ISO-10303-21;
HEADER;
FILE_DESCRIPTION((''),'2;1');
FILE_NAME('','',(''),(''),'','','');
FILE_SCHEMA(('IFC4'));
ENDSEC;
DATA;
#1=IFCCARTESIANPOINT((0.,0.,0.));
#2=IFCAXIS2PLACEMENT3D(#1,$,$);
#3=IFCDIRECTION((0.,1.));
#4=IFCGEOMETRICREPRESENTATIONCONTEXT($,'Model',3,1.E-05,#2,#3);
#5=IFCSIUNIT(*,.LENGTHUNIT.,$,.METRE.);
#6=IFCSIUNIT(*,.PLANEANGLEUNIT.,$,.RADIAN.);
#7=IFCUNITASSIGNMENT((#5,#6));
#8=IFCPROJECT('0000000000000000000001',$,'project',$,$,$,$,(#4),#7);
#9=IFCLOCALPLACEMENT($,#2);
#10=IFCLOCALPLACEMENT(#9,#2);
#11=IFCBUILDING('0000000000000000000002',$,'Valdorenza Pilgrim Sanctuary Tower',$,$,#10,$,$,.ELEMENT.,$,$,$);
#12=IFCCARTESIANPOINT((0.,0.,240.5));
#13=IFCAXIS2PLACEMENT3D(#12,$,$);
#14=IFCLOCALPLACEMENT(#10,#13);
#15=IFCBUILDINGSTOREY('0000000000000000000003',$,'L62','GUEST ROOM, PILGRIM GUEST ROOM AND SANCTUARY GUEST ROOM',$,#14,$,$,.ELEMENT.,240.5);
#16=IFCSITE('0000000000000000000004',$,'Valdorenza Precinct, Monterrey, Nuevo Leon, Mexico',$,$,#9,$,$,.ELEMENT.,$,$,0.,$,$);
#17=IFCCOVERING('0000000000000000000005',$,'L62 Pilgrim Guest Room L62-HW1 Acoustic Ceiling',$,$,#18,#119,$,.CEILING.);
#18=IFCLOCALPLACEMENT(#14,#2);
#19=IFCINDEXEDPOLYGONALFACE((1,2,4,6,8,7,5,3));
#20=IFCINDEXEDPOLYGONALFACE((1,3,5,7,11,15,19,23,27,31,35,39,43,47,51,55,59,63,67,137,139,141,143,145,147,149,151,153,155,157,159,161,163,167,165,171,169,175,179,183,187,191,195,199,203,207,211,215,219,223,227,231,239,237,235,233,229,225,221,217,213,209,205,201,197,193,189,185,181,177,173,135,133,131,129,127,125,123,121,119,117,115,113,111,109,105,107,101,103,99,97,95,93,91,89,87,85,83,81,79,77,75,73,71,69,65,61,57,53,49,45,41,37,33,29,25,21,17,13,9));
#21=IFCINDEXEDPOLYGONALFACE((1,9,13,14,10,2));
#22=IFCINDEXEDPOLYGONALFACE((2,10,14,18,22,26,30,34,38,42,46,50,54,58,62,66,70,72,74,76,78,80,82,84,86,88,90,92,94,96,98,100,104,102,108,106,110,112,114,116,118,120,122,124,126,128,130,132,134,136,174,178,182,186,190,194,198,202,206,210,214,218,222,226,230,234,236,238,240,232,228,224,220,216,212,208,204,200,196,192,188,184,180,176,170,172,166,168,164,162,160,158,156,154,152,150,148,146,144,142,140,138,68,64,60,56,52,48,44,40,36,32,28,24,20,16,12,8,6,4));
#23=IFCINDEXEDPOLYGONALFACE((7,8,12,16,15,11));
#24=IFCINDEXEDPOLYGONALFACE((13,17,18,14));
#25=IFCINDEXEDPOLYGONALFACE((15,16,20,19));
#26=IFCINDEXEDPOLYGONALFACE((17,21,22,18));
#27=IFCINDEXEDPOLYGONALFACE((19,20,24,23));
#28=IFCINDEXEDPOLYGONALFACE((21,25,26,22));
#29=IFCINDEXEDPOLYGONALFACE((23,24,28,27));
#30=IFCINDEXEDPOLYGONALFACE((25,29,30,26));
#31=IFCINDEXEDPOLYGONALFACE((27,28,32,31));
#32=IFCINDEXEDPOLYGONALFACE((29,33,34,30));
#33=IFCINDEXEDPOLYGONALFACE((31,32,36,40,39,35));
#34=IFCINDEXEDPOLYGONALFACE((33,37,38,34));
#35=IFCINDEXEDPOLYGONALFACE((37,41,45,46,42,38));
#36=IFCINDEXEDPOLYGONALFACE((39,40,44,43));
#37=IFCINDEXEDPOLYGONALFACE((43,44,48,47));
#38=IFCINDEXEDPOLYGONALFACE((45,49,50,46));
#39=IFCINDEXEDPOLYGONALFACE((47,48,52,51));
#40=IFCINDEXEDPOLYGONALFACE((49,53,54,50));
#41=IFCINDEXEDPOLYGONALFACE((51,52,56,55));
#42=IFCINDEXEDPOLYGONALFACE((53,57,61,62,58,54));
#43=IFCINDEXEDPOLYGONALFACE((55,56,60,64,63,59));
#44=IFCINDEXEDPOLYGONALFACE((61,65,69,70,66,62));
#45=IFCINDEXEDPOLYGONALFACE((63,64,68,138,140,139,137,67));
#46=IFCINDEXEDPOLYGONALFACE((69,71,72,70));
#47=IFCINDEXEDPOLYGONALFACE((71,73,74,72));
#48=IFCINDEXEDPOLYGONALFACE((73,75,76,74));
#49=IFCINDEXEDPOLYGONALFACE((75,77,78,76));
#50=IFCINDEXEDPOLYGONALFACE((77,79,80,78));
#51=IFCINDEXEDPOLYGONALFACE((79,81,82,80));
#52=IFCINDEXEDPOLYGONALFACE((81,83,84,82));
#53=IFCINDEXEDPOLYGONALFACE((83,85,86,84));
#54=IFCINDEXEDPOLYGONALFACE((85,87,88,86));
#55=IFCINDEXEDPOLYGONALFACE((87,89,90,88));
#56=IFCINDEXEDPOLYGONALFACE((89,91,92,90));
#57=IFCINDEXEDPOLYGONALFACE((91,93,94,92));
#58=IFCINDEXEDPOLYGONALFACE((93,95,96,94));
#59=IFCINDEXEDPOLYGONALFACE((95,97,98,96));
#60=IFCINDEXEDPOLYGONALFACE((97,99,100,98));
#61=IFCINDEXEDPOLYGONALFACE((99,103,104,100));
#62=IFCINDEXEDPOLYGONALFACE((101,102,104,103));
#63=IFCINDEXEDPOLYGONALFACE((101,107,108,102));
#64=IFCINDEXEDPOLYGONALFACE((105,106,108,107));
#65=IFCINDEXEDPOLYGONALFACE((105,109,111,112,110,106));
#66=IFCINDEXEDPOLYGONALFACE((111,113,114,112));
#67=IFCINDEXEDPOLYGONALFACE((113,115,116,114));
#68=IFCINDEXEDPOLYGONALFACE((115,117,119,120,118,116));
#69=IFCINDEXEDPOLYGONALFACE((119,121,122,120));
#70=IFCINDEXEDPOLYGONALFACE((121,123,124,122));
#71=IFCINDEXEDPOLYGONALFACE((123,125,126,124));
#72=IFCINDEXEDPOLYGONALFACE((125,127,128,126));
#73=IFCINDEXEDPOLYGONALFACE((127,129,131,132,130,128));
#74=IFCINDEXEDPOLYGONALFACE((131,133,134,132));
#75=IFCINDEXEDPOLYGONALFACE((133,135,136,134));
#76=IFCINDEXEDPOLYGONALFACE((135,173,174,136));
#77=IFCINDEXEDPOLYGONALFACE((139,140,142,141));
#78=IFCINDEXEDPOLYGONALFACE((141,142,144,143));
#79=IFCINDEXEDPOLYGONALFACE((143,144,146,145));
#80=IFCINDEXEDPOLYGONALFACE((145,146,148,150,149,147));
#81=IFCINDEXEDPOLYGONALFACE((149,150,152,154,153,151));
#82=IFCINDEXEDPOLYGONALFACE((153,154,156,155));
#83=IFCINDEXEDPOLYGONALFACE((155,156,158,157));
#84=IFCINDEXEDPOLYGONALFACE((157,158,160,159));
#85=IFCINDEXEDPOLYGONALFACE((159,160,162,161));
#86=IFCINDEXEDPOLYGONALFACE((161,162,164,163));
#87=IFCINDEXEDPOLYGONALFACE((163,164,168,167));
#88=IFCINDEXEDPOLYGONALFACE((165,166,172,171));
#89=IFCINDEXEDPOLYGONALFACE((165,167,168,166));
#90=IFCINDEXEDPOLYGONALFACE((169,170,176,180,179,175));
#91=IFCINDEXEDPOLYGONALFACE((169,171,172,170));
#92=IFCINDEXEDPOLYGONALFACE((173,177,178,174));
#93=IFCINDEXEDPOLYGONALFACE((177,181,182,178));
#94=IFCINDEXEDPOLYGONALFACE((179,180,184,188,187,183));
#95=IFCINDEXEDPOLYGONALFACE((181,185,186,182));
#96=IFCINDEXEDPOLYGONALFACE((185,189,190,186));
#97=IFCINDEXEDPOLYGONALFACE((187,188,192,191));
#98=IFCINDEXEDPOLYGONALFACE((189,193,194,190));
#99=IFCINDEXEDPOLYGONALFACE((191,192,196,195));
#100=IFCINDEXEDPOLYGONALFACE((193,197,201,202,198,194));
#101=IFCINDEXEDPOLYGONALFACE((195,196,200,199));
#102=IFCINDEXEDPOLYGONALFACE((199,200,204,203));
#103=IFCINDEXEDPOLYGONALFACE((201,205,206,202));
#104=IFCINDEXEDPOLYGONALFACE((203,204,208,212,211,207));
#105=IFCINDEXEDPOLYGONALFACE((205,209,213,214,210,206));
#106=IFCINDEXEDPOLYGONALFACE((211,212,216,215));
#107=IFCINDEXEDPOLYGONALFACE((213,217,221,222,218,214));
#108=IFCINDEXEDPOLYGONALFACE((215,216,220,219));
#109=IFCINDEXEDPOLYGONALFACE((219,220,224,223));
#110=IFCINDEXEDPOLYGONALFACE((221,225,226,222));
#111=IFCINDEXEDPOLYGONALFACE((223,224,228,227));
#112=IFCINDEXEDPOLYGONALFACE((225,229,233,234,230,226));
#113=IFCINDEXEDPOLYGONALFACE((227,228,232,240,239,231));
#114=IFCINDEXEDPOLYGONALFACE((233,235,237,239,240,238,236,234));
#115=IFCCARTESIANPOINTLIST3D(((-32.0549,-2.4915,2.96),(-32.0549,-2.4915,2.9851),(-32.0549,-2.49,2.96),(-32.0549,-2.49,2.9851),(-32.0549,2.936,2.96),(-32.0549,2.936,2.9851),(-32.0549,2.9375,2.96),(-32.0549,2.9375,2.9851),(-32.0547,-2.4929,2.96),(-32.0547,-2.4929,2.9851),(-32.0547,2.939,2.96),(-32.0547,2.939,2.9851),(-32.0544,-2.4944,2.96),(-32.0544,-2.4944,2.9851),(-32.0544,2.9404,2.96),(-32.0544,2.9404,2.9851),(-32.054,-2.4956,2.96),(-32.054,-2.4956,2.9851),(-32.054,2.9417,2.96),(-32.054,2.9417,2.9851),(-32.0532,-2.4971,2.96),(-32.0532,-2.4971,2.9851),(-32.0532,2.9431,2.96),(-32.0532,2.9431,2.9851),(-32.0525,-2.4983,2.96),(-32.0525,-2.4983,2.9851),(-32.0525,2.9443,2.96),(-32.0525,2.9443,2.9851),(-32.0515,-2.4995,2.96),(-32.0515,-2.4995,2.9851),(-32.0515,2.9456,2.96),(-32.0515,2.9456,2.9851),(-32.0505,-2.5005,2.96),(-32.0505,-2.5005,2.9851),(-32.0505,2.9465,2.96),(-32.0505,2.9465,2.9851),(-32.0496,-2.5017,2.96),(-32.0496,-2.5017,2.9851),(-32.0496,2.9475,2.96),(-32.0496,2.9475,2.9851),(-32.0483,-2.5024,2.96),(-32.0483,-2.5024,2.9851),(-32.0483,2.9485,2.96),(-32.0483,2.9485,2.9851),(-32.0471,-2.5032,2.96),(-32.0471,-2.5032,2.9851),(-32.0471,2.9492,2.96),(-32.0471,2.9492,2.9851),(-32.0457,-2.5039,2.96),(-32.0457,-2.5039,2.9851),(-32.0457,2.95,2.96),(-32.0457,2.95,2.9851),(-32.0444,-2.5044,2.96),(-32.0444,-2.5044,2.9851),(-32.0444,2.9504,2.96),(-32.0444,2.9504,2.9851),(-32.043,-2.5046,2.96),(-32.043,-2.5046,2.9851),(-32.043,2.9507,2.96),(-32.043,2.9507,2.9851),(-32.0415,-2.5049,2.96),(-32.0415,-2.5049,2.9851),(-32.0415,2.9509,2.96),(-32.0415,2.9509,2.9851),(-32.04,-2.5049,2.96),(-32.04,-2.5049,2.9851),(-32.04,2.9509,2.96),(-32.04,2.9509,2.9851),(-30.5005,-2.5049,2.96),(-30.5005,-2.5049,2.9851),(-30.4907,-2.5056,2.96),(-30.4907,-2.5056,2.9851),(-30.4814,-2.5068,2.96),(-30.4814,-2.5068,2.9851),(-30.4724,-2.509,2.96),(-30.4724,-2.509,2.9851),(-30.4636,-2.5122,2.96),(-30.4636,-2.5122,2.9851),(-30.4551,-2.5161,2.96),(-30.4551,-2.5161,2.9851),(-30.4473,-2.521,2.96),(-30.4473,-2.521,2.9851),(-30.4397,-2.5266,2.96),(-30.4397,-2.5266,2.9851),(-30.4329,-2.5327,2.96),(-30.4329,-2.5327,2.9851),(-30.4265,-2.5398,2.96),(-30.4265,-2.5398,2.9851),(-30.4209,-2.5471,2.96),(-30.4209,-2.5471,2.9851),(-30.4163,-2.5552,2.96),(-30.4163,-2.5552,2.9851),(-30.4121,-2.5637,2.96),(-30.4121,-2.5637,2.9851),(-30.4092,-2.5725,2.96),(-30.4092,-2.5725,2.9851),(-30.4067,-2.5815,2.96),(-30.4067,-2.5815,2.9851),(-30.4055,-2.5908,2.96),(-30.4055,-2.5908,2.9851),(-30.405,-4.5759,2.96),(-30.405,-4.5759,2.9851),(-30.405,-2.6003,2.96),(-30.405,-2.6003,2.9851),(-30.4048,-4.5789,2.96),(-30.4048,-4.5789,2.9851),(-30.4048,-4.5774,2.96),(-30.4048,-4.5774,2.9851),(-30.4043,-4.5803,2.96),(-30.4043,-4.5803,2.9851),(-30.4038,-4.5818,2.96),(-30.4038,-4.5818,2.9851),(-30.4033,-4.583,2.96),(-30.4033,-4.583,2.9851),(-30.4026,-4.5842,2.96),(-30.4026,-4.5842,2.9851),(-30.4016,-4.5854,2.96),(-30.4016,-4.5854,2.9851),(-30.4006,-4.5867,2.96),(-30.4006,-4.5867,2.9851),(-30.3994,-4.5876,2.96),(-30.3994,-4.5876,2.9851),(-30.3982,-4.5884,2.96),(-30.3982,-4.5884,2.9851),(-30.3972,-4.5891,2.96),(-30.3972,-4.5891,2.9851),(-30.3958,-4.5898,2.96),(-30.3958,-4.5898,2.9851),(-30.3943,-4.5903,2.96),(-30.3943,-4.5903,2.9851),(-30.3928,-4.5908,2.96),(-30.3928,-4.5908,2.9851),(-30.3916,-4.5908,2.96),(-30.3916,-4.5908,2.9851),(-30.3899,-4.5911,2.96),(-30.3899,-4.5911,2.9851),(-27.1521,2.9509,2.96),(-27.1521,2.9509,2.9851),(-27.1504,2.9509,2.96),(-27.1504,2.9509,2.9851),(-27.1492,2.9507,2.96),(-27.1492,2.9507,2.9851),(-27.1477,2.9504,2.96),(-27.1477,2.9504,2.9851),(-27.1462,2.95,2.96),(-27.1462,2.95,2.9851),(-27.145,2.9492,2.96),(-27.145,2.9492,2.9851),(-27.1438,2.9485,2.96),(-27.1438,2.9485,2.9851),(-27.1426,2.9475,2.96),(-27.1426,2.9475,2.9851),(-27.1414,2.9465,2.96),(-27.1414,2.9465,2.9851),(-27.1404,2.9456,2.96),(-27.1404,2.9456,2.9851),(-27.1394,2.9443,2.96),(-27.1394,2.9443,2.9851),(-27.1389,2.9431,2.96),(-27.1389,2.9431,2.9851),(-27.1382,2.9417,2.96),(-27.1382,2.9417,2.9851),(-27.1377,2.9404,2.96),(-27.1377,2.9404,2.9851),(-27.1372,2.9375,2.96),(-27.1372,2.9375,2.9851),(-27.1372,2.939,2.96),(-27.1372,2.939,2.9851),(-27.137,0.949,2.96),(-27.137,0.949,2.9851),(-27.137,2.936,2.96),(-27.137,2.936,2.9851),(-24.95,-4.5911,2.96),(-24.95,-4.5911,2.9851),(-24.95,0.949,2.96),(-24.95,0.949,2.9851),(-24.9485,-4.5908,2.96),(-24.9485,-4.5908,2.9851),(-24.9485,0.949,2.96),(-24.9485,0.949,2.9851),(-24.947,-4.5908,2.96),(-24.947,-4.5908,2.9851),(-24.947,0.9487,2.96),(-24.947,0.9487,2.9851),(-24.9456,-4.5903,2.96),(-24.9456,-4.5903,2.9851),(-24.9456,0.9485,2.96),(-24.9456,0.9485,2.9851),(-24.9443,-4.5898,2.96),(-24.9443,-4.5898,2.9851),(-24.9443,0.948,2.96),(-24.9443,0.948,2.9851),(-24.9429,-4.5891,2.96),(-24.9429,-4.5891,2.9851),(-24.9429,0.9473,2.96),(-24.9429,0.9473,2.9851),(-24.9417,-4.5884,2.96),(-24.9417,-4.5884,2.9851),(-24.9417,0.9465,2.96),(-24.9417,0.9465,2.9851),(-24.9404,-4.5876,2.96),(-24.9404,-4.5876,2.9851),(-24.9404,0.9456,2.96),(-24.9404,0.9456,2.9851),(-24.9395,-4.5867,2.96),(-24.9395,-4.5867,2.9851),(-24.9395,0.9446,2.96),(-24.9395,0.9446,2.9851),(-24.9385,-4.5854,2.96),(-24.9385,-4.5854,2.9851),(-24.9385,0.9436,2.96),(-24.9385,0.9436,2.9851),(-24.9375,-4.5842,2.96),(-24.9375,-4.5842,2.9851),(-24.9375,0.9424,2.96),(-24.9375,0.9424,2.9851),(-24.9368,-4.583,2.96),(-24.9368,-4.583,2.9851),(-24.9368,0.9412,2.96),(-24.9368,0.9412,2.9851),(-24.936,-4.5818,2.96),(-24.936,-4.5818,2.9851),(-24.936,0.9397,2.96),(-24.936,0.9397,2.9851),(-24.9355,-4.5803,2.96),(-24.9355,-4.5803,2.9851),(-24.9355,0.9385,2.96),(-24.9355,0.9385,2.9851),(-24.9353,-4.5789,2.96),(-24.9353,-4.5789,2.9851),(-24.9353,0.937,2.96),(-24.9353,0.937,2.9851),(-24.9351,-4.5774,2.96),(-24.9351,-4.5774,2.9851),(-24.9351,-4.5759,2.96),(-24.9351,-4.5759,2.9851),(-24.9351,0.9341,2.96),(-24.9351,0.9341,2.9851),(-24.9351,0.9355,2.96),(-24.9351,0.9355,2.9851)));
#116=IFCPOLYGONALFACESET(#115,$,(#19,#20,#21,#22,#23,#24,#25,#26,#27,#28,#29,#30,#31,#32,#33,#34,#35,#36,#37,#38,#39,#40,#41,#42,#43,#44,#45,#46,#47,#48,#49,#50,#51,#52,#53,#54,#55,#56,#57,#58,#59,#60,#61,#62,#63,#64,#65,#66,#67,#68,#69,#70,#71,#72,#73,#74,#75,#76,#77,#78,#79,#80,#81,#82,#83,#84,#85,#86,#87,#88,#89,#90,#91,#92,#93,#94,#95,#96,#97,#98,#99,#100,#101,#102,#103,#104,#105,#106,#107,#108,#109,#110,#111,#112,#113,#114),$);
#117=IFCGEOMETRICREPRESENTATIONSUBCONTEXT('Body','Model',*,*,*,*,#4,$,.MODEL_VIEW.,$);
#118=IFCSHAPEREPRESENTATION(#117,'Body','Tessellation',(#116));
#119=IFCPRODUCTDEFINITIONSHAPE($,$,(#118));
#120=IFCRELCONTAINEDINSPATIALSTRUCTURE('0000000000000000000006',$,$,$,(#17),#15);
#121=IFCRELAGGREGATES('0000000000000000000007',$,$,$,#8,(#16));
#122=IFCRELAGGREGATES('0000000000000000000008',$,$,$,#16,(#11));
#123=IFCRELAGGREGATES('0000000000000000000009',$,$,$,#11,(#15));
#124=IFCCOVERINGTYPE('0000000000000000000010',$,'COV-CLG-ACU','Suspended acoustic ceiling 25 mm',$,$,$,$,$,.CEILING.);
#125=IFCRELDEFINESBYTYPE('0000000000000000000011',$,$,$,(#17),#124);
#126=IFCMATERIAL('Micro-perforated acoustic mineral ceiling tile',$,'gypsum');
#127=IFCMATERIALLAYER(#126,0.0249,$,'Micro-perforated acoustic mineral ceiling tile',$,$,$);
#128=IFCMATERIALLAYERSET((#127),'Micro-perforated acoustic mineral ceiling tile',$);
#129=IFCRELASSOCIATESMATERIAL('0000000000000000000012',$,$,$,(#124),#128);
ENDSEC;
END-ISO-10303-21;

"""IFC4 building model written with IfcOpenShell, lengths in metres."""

from ifc_helpers import new_model, si_unit, direction, frame, origin, place, context, subcontext, project, spatial, polyline, outline, extrude, material, layer, layer_set, type_object, element, save


model = new_model("IFC4")

# Units and contexts
model_context = context("Model", 3, precision=1e-05, world=origin(), true_north=direction((0.0, 1.0)))
body_context = subcontext(model_context, "Body", "Model", "MODEL_VIEW")
ifc_project = project(units=[si_unit("LENGTHUNIT", "METRE"), si_unit("PLANEANGLEUNIT", "RADIAN")], contexts=[model_context])

# Site, building, storey
site_placement = place(None, origin())
site = spatial("IfcSite", under=ifc_project, at=site_placement, Name="Valdorenza Precinct, Monterrey, Nuevo Leon, Mexico", CompositionType="ELEMENT", RefElevation=0.0)
building_placement = place(site_placement, origin())
building = spatial("IfcBuilding", under=site, at=building_placement, Name="Valdorenza Pilgrim Sanctuary Tower", CompositionType="ELEMENT")
storey_placement = place(building_placement, frame((0.0, 0.0, 240.5)))
storey = spatial("IfcBuildingStorey", under=building, at=storey_placement, Name="L62", Description="GUEST ROOM, PILGRIM GUEST ROOM AND SANCTUARY GUEST ROOM", CompositionType="ELEMENT", Elevation=240.5)

# Covering
ifc_material_1 = material(Name="Micro-perforated acoustic mineral ceiling tile", Category="gypsum")
ifc_layer_1 = layer(ifc_material_1, 0.0249, Name="Micro-perforated acoustic mineral ceiling tile")
ifc_layer_set_1 = layer_set([ifc_layer_1], Name="Micro-perforated acoustic mineral ceiling tile")
covering_type_1 = type_object("IfcCoveringType", Name="COV-CLG-ACU", Description="Suspended acoustic ceiling 25 mm", PredefinedType="CEILING", material=ifc_layer_set_1)
covering_1_placement = place(storey_placement, frame((0.0, 0.0, 2.96)))
element("IfcCovering", 1, at=covering_1_placement, inside=storey, type_object=covering_type_1, Name="L62 Pilgrim Guest Room L62-HW1 Acoustic Ceiling", PredefinedType="CEILING", context=body_context, shape_type="SweptSolid", body=[
    extrude(outline(polyline([(-30.405, -2.6003), (-30.4055, -2.5908), (-30.4067, -2.5815), (-30.4092, -2.5725), (-30.4121, -2.5637), (-30.4163, -2.5552), (-30.4209, -2.5471), (-30.4265, -2.5398), (-30.4329, -2.5327), (-30.4397, -2.5266), (-30.4473, -2.521), (-30.4551, -2.5161), (-30.4636, -2.5122), (-30.4724, -2.509), (-30.4814, -2.5068), (-30.4907, -2.5056), (-30.5005, -2.5049), (-32.04, -2.5049), (-32.0415, -2.5049), (-32.043, -2.5046), (-32.0444, -2.5044), (-32.0457, -2.5039), (-32.0471, -2.5032), (-32.0483, -2.5024), (-32.0496, -2.5017), (-32.0505, -2.5005), (-32.0515, -2.4995), (-32.0525, -2.4983), (-32.0532, -2.4971), (-32.054, -2.4956), (-32.0544, -2.4944), (-32.0547, -2.4929), (-32.0549, -2.4915), (-32.0549, -2.49), (-32.0549, 2.936), (-32.0549, 2.9375), (-32.0547, 2.939), (-32.0544, 2.9404), (-32.054, 2.9417), (-32.0532, 2.9431), (-32.0525, 2.9443), (-32.0515, 2.9456), (-32.0505, 2.9465), (-32.0496, 2.9475), (-32.0483, 2.9485), (-32.0471, 2.9492), (-32.0457, 2.95), (-32.0444, 2.9504), (-32.043, 2.9507), (-32.0415, 2.9509), (-32.04, 2.9509), (-27.1521, 2.9509), (-27.1504, 2.9509), (-27.1492, 2.9507), (-27.1477, 2.9504), (-27.1462, 2.95), (-27.145, 2.9492), (-27.1438, 2.9485), (-27.1426, 2.9475), (-27.1414, 2.9465), (-27.1404, 2.9456), (-27.1394, 2.9443), (-27.1389, 2.9431), (-27.1382, 2.9417), (-27.1377, 2.9404), (-27.1372, 2.939), (-27.1372, 2.9375), (-27.137, 2.936), (-27.137, 0.949), (-24.95, 0.949), (-24.9485, 0.949), (-24.947, 0.9487), (-24.9456, 0.9485), (-24.9443, 0.948), (-24.9429, 0.9473), (-24.9417, 0.9465), (-24.9404, 0.9456), (-24.9395, 0.9446), (-24.9385, 0.9436), (-24.9375, 0.9424), (-24.9368, 0.9412), (-24.936, 0.9397), (-24.9355, 0.9385), (-24.9353, 0.937), (-24.9351, 0.9355), (-24.9351, 0.9341), (-24.9351, -4.5759), (-24.9351, -4.5774), (-24.9353, -4.5789), (-24.9355, -4.5803), (-24.936, -4.5818), (-24.9368, -4.583), (-24.9375, -4.5842), (-24.9385, -4.5854), (-24.9395, -4.5867), (-24.9404, -4.5876), (-24.9417, -4.5884), (-24.9429, -4.5891), (-24.9443, -4.5898), (-24.9456, -4.5903), (-24.947, -4.5908), (-24.9485, -4.5908), (-24.95, -4.5911), (-30.3899, -4.5911), (-30.3916, -4.5908), (-30.3928, -4.5908), (-30.3943, -4.5903), (-30.3958, -4.5898), (-30.3972, -4.5891), (-30.3982, -4.5884), (-30.3994, -4.5876), (-30.4006, -4.5867), (-30.4016, -4.5854), (-30.4026, -4.5842), (-30.4033, -4.583), (-30.4038, -4.5818), (-30.4043, -4.5803), (-30.4048, -4.5789), (-30.4048, -4.5774), (-30.405, -4.5759), (-30.405, -2.6003)])), origin(), (0.0, 0.0, 1.0), 0.0251),
])

save(model, "model.ifc")
